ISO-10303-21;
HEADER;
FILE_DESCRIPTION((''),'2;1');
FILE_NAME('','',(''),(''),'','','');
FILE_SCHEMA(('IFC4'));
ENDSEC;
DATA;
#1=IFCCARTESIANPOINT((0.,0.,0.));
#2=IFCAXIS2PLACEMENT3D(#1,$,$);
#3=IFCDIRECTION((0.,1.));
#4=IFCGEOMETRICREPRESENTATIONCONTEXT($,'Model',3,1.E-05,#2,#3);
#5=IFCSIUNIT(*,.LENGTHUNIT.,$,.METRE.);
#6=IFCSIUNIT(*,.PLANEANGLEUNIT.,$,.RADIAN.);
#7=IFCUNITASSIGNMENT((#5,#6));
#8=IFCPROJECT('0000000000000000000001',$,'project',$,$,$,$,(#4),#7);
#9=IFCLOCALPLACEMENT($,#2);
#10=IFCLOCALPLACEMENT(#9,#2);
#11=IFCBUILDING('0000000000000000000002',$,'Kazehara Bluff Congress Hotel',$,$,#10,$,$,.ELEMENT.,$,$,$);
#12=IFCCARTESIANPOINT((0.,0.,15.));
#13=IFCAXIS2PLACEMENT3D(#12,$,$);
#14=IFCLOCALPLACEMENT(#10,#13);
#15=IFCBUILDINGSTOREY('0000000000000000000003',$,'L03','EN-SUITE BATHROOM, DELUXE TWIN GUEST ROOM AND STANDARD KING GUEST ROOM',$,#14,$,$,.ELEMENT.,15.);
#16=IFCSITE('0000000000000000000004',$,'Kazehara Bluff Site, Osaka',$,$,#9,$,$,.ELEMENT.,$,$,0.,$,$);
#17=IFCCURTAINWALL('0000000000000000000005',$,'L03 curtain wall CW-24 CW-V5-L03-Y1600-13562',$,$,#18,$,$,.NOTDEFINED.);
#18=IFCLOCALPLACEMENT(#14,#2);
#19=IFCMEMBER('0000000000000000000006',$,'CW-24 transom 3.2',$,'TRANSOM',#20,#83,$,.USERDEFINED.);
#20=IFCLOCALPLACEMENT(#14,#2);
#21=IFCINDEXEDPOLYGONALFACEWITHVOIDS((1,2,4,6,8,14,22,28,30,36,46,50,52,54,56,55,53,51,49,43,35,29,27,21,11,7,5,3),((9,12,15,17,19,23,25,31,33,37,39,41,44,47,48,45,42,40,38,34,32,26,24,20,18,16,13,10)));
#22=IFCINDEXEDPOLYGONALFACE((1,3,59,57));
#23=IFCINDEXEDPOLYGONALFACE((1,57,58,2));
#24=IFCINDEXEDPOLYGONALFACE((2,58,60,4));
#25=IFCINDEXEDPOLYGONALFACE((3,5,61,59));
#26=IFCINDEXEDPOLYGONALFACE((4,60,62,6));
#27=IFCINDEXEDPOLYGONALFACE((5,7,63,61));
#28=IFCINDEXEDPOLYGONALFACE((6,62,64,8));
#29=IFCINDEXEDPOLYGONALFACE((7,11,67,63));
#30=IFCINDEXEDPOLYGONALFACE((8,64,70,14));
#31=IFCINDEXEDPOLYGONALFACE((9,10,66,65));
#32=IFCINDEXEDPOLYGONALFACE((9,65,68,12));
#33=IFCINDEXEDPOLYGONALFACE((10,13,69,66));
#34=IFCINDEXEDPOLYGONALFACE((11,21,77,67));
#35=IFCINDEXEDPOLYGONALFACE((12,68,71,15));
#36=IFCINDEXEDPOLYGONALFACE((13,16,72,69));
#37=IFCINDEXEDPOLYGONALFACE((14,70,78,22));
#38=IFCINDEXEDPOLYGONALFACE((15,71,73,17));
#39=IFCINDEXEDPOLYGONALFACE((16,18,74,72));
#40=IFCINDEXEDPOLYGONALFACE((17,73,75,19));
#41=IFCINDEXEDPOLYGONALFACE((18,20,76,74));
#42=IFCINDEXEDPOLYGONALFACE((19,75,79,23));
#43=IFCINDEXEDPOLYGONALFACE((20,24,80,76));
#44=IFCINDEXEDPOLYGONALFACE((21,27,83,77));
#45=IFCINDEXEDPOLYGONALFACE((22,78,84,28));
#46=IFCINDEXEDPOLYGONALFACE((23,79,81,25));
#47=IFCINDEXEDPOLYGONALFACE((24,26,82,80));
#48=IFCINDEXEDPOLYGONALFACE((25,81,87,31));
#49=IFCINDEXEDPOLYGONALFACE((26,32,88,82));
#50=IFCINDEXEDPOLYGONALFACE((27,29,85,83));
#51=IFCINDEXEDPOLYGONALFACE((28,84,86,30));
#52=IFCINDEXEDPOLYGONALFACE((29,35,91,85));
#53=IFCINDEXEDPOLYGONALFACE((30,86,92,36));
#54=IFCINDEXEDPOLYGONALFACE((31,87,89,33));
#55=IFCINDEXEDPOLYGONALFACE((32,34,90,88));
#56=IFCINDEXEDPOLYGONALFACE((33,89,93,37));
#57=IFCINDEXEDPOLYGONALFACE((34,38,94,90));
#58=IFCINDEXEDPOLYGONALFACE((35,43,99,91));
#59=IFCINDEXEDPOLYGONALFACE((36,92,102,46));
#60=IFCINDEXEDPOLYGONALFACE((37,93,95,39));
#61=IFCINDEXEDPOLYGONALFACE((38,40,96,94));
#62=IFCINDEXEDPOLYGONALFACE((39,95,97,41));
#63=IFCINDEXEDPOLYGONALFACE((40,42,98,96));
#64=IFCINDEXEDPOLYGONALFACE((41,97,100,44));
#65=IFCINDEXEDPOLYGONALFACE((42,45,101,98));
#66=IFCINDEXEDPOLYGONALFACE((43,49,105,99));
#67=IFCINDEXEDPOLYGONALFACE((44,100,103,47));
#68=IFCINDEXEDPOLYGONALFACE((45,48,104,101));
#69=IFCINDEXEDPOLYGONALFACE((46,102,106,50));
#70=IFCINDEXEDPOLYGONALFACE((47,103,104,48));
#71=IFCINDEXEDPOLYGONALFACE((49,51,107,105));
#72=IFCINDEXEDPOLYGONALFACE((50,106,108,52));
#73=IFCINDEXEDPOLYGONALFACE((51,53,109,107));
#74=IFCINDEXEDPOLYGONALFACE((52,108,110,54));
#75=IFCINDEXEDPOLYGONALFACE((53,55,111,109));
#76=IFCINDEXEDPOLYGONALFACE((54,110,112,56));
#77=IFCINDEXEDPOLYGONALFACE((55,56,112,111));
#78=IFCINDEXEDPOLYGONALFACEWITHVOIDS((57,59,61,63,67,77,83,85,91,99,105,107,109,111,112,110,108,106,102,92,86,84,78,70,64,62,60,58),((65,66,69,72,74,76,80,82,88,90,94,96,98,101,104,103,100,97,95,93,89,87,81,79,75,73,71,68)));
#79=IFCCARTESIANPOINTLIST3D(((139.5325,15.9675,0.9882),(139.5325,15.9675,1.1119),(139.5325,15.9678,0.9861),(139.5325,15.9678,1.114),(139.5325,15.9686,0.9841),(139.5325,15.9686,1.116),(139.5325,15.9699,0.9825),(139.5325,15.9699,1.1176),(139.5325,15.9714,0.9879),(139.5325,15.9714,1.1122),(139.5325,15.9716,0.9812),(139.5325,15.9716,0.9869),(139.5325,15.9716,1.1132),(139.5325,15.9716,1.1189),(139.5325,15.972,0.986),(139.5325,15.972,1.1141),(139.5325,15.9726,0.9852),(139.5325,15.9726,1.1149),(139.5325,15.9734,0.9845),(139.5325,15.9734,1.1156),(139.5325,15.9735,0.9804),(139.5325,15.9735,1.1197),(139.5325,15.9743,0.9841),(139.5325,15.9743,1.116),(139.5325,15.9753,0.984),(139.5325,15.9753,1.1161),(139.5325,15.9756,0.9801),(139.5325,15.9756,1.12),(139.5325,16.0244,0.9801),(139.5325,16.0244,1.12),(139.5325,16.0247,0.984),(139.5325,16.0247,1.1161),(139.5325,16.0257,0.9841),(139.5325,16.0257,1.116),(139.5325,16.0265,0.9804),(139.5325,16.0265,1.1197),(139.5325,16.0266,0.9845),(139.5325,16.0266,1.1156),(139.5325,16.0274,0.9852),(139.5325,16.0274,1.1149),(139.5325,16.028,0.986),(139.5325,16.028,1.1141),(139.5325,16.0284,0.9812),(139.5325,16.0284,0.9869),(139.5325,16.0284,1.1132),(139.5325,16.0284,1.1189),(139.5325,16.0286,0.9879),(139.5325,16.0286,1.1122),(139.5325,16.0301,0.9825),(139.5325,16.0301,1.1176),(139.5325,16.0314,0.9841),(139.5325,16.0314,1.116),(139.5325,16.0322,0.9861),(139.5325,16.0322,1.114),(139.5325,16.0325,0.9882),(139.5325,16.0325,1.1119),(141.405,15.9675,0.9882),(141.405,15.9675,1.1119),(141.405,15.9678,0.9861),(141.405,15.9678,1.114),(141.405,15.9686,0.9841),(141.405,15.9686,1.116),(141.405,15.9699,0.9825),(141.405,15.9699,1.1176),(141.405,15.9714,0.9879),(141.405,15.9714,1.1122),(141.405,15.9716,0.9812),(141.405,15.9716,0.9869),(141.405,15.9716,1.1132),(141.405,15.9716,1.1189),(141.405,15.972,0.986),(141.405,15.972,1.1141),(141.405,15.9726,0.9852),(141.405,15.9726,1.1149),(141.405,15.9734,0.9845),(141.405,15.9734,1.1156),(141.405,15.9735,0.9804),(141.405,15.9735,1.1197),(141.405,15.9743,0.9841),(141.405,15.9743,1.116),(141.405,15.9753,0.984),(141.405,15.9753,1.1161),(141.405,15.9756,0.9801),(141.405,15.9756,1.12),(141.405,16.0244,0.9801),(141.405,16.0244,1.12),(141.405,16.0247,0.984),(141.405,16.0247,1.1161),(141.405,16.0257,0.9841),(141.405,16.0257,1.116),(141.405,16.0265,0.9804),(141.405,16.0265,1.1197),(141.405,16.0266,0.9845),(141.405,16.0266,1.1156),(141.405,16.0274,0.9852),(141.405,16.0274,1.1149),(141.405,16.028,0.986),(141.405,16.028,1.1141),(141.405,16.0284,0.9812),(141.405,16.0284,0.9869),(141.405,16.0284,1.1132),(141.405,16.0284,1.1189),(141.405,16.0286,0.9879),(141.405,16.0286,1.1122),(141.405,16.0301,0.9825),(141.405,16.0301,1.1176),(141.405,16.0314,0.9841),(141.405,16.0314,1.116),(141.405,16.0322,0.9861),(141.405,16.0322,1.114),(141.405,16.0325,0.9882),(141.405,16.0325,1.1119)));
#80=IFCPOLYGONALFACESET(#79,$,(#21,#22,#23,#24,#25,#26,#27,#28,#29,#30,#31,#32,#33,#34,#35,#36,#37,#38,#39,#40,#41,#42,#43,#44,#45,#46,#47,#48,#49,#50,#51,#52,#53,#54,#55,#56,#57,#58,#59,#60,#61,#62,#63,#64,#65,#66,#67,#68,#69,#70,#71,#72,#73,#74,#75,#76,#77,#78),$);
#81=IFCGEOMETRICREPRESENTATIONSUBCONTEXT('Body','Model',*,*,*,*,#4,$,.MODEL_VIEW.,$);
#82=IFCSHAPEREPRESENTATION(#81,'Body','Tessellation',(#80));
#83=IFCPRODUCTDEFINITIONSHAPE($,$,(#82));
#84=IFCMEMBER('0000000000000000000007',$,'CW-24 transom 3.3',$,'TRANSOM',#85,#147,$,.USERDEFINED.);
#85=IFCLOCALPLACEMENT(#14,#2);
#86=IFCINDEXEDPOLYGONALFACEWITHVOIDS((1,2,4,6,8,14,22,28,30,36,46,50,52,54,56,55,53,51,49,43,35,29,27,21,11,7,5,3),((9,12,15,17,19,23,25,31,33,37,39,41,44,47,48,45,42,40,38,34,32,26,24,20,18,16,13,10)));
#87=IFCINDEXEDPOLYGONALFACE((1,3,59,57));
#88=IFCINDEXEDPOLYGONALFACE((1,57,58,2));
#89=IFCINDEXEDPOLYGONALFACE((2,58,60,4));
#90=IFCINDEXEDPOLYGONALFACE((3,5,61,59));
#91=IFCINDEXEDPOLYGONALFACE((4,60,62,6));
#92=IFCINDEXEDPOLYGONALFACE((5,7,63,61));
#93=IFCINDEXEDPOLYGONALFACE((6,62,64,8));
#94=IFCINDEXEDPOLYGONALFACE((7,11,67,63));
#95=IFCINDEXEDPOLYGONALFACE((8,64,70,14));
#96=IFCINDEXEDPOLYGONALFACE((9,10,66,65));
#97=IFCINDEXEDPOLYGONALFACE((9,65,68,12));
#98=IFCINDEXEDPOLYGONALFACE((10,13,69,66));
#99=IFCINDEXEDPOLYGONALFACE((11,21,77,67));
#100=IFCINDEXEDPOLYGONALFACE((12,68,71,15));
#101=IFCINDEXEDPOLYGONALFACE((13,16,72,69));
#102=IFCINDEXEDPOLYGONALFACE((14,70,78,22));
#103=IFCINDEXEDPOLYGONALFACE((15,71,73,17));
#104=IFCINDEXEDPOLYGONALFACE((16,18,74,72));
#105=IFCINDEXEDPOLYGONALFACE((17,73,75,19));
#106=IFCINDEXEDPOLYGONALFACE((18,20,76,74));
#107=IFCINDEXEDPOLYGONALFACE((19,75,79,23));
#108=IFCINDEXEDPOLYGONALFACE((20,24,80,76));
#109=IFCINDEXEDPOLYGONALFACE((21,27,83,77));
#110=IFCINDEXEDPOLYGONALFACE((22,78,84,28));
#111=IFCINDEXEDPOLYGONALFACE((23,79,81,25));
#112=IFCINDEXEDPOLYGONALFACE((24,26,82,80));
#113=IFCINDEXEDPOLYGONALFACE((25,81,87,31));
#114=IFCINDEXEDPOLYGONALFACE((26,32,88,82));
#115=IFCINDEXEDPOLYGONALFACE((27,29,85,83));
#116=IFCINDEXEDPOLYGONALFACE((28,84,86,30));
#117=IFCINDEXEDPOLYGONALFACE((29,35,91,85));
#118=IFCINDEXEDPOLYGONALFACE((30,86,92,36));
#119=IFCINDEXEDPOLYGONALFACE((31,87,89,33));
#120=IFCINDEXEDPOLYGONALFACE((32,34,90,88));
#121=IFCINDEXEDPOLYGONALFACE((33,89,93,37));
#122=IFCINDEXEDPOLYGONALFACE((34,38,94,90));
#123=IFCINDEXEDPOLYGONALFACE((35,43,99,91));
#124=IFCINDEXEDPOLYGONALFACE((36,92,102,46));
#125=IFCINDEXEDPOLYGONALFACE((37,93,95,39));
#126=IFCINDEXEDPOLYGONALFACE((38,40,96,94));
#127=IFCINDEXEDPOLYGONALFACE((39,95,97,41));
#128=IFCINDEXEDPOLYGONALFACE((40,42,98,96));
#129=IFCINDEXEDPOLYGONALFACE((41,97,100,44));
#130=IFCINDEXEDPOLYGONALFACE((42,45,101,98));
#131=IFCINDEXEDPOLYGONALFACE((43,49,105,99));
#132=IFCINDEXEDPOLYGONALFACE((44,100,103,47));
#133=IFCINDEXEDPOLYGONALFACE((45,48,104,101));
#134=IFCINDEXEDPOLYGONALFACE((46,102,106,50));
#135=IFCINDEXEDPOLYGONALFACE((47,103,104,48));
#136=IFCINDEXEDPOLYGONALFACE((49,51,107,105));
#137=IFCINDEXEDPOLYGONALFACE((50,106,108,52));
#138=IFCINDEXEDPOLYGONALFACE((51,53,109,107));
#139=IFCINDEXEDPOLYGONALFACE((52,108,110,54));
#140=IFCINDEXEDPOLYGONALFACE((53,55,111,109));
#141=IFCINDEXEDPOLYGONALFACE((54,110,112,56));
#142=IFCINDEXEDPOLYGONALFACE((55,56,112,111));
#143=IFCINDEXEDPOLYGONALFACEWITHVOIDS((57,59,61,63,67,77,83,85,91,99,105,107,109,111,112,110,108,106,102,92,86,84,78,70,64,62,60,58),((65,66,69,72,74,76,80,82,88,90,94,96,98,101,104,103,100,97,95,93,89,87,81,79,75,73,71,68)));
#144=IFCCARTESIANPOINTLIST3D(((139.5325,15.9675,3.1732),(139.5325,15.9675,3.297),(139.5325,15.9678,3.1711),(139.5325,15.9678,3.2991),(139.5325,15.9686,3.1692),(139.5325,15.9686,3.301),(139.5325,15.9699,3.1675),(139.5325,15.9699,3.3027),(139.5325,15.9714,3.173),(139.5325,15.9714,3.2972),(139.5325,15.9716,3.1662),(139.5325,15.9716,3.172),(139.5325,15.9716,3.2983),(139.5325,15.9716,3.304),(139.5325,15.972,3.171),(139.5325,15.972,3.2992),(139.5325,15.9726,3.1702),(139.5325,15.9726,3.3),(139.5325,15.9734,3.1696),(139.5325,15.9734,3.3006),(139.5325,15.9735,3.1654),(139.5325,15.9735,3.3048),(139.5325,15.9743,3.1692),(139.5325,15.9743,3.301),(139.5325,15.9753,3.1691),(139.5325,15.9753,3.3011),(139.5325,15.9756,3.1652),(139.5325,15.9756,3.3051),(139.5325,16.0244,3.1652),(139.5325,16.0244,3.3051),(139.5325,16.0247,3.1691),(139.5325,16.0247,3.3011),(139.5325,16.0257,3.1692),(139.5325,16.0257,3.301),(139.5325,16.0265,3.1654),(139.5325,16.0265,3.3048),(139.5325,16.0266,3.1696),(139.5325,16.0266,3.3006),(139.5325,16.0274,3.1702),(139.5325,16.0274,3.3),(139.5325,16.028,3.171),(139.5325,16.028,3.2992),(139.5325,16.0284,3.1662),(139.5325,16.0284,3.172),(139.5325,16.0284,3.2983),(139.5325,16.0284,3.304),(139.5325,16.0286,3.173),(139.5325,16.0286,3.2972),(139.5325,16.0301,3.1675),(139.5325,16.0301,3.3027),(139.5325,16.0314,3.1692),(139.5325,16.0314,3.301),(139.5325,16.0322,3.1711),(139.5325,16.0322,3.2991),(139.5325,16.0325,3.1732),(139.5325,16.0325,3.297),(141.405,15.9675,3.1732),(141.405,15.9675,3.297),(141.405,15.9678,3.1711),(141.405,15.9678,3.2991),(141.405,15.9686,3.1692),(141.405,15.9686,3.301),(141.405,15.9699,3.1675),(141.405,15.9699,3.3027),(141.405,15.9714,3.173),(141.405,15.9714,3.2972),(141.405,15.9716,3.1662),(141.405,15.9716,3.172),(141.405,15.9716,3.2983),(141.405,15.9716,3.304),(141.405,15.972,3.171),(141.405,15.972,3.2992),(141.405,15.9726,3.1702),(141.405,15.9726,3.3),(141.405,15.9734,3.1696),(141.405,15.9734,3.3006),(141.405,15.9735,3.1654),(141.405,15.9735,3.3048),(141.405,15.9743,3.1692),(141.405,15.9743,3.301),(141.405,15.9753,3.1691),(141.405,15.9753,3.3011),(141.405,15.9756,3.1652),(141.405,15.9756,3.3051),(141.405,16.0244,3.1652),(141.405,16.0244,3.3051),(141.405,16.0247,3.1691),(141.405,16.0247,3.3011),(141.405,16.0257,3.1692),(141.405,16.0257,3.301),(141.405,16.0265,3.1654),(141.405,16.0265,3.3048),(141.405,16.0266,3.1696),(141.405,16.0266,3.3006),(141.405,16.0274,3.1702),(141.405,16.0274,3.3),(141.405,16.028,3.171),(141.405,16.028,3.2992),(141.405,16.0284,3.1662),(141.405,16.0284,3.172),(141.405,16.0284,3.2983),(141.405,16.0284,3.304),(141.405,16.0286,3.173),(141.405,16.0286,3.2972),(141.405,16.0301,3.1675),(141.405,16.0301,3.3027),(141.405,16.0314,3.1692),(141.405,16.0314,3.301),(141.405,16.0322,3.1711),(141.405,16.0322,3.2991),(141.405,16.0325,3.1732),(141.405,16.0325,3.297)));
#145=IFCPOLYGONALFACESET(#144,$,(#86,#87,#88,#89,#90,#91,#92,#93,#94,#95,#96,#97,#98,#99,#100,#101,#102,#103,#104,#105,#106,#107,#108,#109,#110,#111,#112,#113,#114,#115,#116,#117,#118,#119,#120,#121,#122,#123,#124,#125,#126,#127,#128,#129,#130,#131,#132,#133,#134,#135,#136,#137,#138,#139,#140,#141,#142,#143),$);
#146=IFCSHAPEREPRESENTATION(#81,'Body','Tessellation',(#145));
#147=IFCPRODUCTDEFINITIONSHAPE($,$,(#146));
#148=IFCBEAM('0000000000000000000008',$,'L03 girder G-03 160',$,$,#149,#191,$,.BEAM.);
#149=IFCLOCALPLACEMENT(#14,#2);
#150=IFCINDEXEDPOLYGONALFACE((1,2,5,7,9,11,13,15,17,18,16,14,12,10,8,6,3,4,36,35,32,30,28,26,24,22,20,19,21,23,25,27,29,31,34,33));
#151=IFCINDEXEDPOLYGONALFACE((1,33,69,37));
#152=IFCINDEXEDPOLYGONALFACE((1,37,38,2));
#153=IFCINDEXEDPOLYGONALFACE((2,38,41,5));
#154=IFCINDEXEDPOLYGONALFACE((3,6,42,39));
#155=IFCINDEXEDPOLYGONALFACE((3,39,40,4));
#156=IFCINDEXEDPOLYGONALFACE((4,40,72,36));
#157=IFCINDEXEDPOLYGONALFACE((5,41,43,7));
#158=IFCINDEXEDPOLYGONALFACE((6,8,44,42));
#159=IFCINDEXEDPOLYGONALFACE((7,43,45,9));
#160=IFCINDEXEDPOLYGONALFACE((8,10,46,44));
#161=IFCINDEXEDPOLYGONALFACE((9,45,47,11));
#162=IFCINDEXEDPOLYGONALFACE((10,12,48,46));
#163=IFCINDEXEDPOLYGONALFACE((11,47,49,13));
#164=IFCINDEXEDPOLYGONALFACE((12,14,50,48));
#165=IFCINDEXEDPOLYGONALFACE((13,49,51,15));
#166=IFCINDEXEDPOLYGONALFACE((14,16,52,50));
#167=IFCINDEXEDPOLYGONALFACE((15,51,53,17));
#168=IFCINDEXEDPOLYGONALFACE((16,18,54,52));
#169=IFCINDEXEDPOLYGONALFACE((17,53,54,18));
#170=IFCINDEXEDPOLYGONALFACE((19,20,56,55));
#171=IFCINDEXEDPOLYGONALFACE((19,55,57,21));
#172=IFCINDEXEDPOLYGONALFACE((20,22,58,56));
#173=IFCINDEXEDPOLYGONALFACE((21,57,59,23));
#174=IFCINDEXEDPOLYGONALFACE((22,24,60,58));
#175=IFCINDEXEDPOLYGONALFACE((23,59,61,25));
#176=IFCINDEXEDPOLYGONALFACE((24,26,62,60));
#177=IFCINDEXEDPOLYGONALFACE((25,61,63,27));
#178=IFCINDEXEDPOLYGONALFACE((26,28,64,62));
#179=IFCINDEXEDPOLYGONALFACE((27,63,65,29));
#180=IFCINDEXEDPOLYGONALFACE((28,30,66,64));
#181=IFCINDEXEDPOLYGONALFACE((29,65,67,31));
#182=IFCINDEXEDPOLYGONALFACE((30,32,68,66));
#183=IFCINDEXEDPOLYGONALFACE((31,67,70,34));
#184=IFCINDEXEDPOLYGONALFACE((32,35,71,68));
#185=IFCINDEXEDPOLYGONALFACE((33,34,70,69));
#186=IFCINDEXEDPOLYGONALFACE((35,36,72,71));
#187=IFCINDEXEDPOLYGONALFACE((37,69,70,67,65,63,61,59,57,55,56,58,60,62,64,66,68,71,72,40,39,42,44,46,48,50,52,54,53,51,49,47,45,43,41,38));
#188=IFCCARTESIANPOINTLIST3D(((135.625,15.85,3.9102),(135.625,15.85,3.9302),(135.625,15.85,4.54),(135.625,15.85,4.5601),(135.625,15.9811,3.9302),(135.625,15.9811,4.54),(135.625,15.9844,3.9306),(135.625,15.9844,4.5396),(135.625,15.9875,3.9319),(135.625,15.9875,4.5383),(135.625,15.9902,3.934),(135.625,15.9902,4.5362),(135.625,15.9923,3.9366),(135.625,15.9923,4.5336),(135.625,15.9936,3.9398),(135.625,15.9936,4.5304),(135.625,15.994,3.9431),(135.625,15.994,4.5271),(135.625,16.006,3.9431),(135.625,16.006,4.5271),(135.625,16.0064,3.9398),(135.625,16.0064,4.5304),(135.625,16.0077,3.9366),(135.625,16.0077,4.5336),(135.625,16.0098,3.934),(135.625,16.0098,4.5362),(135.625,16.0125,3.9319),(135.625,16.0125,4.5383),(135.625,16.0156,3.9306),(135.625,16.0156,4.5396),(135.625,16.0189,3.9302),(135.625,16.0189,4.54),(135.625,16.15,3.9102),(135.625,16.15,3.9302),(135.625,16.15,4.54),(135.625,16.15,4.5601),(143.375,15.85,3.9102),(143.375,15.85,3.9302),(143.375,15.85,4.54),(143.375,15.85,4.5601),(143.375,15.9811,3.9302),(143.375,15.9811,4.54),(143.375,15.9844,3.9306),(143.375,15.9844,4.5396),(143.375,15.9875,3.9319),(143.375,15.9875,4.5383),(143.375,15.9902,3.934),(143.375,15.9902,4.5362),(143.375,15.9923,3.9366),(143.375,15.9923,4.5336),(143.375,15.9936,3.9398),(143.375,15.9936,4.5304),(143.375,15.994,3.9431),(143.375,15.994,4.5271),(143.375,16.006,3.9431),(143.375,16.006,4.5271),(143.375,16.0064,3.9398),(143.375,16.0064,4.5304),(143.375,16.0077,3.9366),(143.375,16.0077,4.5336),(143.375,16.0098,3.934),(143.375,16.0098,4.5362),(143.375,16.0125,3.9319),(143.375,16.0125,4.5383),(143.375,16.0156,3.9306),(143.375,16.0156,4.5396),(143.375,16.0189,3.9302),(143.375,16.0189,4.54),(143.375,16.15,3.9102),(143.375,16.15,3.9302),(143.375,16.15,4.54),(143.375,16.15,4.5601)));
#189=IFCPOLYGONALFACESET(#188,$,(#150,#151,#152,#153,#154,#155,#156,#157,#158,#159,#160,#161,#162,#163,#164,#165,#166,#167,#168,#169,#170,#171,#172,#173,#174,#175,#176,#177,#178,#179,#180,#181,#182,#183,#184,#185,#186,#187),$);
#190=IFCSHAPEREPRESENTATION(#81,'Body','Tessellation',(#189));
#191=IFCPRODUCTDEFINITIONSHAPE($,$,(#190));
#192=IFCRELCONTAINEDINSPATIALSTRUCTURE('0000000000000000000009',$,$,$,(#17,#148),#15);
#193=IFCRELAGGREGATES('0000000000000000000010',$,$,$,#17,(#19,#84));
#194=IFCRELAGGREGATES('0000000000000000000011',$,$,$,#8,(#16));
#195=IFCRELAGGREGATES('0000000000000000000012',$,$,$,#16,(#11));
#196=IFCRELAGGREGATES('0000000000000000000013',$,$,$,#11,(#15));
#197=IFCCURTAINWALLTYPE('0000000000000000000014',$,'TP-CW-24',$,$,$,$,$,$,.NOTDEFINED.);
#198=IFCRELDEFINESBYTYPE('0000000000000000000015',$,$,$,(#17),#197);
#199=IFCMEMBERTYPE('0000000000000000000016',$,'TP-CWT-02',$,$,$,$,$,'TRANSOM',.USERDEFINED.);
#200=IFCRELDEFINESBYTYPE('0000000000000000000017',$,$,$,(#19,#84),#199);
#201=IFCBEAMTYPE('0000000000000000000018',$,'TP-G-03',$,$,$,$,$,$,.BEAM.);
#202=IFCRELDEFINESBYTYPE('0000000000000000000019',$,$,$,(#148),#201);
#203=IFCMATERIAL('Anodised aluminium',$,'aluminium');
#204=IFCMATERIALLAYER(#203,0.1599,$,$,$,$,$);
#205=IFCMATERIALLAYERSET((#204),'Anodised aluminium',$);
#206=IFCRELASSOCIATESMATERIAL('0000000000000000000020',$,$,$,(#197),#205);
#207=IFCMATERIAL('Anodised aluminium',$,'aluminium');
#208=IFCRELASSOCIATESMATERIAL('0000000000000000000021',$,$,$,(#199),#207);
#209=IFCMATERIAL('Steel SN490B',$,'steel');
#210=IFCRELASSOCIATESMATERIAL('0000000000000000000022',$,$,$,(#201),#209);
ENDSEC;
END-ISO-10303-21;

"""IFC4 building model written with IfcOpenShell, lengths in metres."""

from ifc_helpers import new_model, si_unit, direction, frame, origin, origin_2d, place, context, subcontext, project, spatial, hollow_rectangle, i_section, extrude, material, layer, layer_set, material_profile, profile_set, type_object, element, aggregate, save


model = new_model("IFC4")

# Units and contexts
model_context = context("Model", 3, precision=1e-05, world=origin(), true_north=direction((0.0, 1.0)))
body_context = subcontext(model_context, "Body", "Model", "MODEL_VIEW")
ifc_project = project(units=[si_unit("LENGTHUNIT", "METRE"), si_unit("PLANEANGLEUNIT", "RADIAN")], contexts=[model_context])

# Site, building, storey
site_placement = place(None, origin())
site = spatial("IfcSite", under=ifc_project, at=site_placement, Name="Kazehara Bluff Site, Osaka", CompositionType="ELEMENT", RefElevation=0.0)
building_placement = place(site_placement, origin())
building = spatial("IfcBuilding", under=site, at=building_placement, Name="Kazehara Bluff Congress Hotel", CompositionType="ELEMENT")
storey_placement = place(building_placement, frame((0.0, 0.0, 15.0)))
storey = spatial("IfcBuildingStorey", under=building, at=storey_placement, Name="L03", Description="EN-SUITE BATHROOM, DELUXE TWIN GUEST ROOM AND STANDARD KING GUEST ROOM", CompositionType="ELEMENT", Elevation=15.0)

# Shared definitions
ifc_material_1 = material(Name="Anodised aluminium", Category="aluminium")
ifc_layer_1 = layer(ifc_material_1, 0.1599)
ifc_layer_set_1 = layer_set([ifc_layer_1], Name="Anodised aluminium")
curtain_wall_type = type_object("IfcCurtainWallType", Name="TP-CW-24", PredefinedType="NOTDEFINED", material=ifc_layer_set_1)

# Curtain wall
curtain_wall_1_placement = place(storey_placement, origin())
curtain_wall_1 = element("IfcCurtainWall", 1, at=curtain_wall_1_placement, inside=storey, type_object=curtain_wall_type, Name="L03 curtain wall CW-24 CW-V5-L03-Y1600-13562", PredefinedType="NOTDEFINED")

# Members
ifc_material_2 = material(Name="Anodised aluminium", Category="aluminium")
ifc_material_profile_1 = material_profile(ifc_material_2, hollow_rectangle(XDim=0.0649, YDim=0.1399, WallThickness=0.0039, InnerFilletRadius=0.0039, OuterFilletRadius=0.0081, at=origin_2d()))
ifc_profile_set_1 = profile_set([ifc_material_profile_1], Name="Anodised aluminium")
member_type_1 = type_object("IfcMemberType", Name="TP-CWT-02", ElementType="TRANSOM", PredefinedType="USERDEFINED", material=ifc_profile_set_1)
member_1_placement = place(storey_placement, frame((139.5325, 16.0, 1.05), z_axis=(1.0, 0.0, 0.0), x_axis=(0.0, 1.0, 0.0)))
member_1 = element("IfcMember", 2, at=member_1_placement, type_object=member_type_1, Name="CW-24 transom 3.2", ObjectType="TRANSOM", PredefinedType="USERDEFINED", context=body_context, shape_type="SweptSolid", body=[
    extrude(hollow_rectangle(XDim=0.0649, YDim=0.1399, WallThickness=0.0039, InnerFilletRadius=0.0039, OuterFilletRadius=0.0081, at=origin_2d()), origin(), (0.0, 0.0, 1.0), 1.8726),
])
member_2_placement = place(storey_placement, frame((139.5325, 16.0, 3.2351), z_axis=(1.0, 0.0, 0.0), x_axis=(0.0, 1.0, 0.0)))
member_2 = element("IfcMember", 3, at=member_2_placement, type_object=member_type_1, Name="CW-24 transom 3.3", ObjectType="TRANSOM", PredefinedType="USERDEFINED", context=body_context, shape_type="SweptSolid", body=[
    extrude(hollow_rectangle(XDim=0.0649, YDim=0.1399, WallThickness=0.0039, InnerFilletRadius=0.0039, OuterFilletRadius=0.0081, at=origin_2d()), origin(), (0.0, 0.0, 1.0), 1.8726),
])

# Beam
ifc_material_3 = material(Name="Steel SN490B", Category="steel")
ifc_material_profile_2 = material_profile(ifc_material_3, i_section(OverallWidth=0.3, OverallDepth=0.6499, WebThickness=0.012, FlangeThickness=0.02, FilletRadius=0.0129, at=origin_2d()))
ifc_profile_set_2 = profile_set([ifc_material_profile_2], Name="Steel SN490B")
beam_type = type_object("IfcBeamType", Name="TP-G-03", PredefinedType="BEAM", material=ifc_profile_set_2)
beam_placement = place(storey_placement, frame((135.625, 16.0, 4.2351), z_axis=(1.0, 0.0, 0.0), x_axis=(0.0, 1.0, 0.0)))
element("IfcBeam", 4, at=beam_placement, inside=storey, type_object=beam_type, Name="L03 girder G-03 160", PredefinedType="BEAM", context=body_context, shape_type="SweptSolid", body=[
    extrude(i_section(OverallWidth=0.3, OverallDepth=0.6499, WebThickness=0.012, FlangeThickness=0.02, FilletRadius=0.0129, at=origin_2d()), origin(), (0.0, 0.0, 1.0), 7.75),
])

aggregate(curtain_wall_1, [member_1, member_2])

save(model, "model.ifc")
